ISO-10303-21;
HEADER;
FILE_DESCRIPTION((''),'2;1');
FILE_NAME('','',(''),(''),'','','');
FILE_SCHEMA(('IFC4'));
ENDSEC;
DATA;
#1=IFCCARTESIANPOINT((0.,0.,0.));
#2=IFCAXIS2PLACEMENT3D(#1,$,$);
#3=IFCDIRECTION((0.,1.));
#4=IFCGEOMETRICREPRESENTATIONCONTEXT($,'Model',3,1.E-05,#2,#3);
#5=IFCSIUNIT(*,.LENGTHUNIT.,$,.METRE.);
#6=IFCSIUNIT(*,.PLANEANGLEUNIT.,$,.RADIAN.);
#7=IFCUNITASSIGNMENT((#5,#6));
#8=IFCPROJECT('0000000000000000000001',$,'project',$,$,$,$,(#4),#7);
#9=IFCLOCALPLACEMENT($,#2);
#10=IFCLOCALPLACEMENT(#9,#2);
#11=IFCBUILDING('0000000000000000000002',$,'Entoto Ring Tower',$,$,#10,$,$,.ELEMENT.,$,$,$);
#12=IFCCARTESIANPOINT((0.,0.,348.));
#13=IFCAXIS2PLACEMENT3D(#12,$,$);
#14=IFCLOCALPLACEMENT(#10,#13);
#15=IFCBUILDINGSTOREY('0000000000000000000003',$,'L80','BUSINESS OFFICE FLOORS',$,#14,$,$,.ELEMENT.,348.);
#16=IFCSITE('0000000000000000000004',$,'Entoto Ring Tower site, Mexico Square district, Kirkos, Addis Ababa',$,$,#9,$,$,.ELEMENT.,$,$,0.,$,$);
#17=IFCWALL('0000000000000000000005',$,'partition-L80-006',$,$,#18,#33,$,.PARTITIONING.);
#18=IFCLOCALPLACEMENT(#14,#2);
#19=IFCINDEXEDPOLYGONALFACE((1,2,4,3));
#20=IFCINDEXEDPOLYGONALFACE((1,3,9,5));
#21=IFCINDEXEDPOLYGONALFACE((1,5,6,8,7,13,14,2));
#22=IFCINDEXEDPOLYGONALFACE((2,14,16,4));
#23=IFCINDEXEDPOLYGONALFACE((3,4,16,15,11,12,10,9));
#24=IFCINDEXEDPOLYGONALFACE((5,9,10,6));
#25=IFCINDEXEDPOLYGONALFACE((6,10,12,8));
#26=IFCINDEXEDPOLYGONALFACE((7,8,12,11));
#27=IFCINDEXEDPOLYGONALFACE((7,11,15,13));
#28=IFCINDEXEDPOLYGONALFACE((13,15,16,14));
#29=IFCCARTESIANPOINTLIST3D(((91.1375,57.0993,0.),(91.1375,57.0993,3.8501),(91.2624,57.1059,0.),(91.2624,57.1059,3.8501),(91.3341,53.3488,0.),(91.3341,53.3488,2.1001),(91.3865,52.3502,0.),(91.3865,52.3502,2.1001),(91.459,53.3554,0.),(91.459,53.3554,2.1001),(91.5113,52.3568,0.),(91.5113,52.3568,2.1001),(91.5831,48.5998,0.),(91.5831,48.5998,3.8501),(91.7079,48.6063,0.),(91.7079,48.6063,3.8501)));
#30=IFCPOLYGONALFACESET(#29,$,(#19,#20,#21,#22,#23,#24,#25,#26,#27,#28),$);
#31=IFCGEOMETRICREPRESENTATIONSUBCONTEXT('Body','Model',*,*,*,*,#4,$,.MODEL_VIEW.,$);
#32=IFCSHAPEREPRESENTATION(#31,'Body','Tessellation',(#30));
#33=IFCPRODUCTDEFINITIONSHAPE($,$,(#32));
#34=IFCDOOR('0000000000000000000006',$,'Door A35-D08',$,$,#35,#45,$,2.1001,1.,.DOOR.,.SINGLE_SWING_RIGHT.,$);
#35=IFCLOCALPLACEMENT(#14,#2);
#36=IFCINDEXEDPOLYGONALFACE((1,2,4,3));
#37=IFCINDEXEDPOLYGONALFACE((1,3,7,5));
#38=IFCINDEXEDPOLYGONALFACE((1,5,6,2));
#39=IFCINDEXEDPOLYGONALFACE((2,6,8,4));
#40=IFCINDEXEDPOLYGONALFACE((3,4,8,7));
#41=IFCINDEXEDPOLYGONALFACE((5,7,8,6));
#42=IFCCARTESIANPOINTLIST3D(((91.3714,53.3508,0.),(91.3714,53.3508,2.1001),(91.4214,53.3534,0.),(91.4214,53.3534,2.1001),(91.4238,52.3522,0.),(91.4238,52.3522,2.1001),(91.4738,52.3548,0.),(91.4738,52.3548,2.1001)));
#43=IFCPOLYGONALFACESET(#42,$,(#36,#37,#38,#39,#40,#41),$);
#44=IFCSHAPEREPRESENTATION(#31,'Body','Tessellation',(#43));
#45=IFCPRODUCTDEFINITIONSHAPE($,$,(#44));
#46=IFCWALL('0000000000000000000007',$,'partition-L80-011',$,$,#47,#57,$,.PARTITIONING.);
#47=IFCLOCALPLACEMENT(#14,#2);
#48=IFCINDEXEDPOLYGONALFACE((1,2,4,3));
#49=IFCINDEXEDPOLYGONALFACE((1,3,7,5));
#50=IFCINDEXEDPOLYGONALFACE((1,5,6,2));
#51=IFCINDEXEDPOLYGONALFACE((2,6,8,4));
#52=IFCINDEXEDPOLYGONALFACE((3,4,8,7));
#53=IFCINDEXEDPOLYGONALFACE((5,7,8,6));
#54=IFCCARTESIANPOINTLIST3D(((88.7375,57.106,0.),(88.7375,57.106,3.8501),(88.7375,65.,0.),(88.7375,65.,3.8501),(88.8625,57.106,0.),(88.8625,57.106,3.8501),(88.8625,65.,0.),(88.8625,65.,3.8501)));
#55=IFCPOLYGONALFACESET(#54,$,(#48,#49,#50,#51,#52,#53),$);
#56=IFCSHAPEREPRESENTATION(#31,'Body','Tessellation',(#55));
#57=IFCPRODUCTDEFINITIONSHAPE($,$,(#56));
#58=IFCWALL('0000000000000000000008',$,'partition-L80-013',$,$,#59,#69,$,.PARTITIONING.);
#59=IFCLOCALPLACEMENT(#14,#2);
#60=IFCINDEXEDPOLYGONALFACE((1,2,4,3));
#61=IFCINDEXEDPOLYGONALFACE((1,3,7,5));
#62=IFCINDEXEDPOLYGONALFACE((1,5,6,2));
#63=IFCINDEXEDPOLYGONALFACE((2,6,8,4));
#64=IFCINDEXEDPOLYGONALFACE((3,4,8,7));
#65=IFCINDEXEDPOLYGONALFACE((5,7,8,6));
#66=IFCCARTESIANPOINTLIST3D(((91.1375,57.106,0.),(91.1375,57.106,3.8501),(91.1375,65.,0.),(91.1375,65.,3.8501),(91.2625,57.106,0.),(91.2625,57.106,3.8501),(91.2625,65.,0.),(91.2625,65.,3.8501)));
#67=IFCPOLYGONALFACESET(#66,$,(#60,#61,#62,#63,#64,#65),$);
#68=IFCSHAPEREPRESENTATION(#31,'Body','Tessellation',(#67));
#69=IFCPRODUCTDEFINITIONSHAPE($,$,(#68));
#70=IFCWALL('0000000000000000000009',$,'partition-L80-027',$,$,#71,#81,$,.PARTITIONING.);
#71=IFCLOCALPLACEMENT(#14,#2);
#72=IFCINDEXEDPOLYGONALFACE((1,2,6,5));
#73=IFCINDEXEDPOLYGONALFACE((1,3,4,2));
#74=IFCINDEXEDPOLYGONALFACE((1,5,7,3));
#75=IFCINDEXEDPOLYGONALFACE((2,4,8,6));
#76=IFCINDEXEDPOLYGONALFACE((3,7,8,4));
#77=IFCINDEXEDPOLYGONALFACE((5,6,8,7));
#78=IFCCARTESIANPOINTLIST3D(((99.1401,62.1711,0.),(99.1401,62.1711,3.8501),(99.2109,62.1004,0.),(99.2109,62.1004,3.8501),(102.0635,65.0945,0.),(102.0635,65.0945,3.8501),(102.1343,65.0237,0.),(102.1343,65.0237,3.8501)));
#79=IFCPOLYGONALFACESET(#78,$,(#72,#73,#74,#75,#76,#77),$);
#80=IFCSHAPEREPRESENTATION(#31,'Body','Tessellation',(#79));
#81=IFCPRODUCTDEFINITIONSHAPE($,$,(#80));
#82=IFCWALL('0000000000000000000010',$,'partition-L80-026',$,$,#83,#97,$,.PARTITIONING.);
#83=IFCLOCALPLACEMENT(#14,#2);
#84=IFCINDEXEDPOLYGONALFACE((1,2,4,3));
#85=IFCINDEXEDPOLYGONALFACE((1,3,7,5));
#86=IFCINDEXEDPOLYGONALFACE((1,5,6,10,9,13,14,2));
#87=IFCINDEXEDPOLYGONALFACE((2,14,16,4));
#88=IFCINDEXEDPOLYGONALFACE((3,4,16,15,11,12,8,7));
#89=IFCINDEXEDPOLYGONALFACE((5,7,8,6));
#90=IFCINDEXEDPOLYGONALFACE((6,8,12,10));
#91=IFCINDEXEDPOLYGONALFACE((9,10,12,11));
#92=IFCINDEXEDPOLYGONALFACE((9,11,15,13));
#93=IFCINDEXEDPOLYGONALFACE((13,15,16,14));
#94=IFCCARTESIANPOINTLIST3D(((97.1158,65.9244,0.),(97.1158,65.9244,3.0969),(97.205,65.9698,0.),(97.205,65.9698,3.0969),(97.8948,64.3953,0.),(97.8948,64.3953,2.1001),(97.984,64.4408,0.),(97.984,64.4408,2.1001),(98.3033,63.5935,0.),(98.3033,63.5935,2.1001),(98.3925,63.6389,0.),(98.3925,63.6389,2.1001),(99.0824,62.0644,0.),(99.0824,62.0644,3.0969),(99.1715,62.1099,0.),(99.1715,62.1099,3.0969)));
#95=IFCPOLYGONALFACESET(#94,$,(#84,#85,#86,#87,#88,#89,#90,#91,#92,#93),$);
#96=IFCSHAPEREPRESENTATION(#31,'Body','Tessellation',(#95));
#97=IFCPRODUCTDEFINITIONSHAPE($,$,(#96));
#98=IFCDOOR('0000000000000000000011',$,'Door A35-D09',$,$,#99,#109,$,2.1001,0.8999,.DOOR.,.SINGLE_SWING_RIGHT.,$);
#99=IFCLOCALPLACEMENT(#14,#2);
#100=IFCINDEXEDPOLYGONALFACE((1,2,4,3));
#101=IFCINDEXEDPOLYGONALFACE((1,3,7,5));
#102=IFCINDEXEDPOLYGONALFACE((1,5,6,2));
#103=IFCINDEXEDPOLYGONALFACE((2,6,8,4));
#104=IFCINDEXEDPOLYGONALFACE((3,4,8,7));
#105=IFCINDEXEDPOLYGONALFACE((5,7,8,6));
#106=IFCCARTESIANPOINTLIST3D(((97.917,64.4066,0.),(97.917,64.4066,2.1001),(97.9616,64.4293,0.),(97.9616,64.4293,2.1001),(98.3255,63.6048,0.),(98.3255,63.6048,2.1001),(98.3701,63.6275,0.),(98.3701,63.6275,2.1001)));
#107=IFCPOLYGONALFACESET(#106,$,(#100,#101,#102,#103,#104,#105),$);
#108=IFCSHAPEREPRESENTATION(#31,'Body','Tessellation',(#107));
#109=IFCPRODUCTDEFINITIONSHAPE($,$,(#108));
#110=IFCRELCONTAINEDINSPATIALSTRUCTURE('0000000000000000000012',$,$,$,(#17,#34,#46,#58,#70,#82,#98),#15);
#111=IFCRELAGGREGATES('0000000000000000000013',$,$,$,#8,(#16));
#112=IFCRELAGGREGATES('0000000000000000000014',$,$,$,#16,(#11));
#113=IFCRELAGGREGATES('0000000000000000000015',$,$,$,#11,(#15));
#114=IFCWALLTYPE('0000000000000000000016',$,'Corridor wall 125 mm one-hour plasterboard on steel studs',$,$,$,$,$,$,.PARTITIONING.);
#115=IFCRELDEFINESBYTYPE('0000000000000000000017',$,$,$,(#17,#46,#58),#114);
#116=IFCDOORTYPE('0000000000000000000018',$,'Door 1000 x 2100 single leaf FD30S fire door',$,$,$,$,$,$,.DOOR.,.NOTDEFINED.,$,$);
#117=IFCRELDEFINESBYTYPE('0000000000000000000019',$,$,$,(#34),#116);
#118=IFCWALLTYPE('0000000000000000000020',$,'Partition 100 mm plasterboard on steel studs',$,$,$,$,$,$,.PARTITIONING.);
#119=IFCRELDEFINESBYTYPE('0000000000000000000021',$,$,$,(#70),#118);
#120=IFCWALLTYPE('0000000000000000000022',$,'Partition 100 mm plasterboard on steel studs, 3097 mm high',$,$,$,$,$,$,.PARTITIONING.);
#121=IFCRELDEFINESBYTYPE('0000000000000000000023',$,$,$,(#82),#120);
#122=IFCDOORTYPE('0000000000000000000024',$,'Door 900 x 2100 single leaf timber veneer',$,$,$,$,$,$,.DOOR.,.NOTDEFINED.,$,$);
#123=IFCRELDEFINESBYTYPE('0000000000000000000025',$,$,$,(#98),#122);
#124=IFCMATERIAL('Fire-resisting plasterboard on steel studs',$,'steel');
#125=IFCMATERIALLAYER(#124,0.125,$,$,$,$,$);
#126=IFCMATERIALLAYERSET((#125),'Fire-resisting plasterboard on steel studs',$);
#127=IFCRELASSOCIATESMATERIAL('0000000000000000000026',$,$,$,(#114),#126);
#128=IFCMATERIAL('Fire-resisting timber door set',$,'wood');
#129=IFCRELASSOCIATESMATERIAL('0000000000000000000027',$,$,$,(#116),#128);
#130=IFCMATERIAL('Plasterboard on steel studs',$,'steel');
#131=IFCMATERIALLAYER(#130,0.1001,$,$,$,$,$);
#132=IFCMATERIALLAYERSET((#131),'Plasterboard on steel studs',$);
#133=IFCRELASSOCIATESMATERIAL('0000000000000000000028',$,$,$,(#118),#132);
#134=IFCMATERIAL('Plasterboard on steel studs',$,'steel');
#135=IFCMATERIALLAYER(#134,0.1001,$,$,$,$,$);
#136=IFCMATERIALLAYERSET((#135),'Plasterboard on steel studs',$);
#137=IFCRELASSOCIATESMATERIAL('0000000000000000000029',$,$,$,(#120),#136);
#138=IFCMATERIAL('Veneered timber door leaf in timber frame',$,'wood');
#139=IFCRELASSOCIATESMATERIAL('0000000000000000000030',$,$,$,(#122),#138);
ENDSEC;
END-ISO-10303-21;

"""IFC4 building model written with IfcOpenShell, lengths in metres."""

from ifc_helpers import new_model, si_unit, direction, frame, frame_2d, origin, place, context, subcontext, project, spatial, rectangle, extrude, material, layer, layer_set, type_object, element, fill, save


model = new_model("IFC4")

# Units and contexts
model_context = context("Model", 3, precision=1e-05, world=origin(), true_north=direction((0.0, 1.0)))
body_context = subcontext(model_context, "Body", "Model", "MODEL_VIEW")
ifc_project = project(units=[si_unit("LENGTHUNIT", "METRE"), si_unit("PLANEANGLEUNIT", "RADIAN")], contexts=[model_context])

# Site, building, storey
site_placement = place(None, origin())
site = spatial("IfcSite", under=ifc_project, at=site_placement, Name="Entoto Ring Tower site, Mexico Square district, Kirkos, Addis Ababa", CompositionType="ELEMENT", RefElevation=0.0)
building_placement = place(site_placement, origin())
building = spatial("IfcBuilding", under=site, at=building_placement, Name="Entoto Ring Tower", CompositionType="ELEMENT")
storey_placement = place(building_placement, frame((0.0, 0.0, 348.0)))
storey = spatial("IfcBuildingStorey", under=building, at=storey_placement, Name="L80", Description="BUSINESS OFFICE FLOORS", CompositionType="ELEMENT", Elevation=348.0)

# Shared definitions
ifc_material_1 = material(Name="Fire-resisting plasterboard on steel studs", Category="steel")
ifc_layer_1 = layer(ifc_material_1, 0.125)
ifc_layer_set_1 = layer_set([ifc_layer_1], Name="Fire-resisting plasterboard on steel studs")
wall_type_1 = type_object("IfcWallType", Name="Corridor wall 125 mm one-hour plasterboard on steel studs", PredefinedType="PARTITIONING", material=ifc_layer_set_1)

# Wall, opening, door
wall_1_placement = place(storey_placement, frame((91.6455, 48.603, 0.0), z_axis=(0.0, 0.0, 1.0), x_axis=(-0.05235, 0.998629, 0.0)))
wall_1 = element("IfcWall", 1, at=wall_1_placement, inside=storey, type_object=wall_type_1, Name="partition-L80-006", PredefinedType="PARTITIONING", context=body_context, shape_type="SweptSolid", body=[
    extrude(rectangle(XDim=8.5112, YDim=0.125, at=frame_2d((4.2556, 0.0))), origin(), (0.0, 0.0, 1.0), 3.8501),
])
opening_1_placement = place(wall_1_placement, frame((3.7556, 0.0, 0.0)))
opening_1 = element("IfcOpeningElement", 2, at=opening_1_placement, cuts=wall_1, PredefinedType="OPENING", context=body_context, shape_type="SweptSolid", body=[
    extrude(rectangle(XDim=1.0, YDim=2.1001, at=frame_2d((0.5, 1.05))), frame((0.0, 0.0725, 0.0), z_axis=(0.0, -1.0, 0.0), x_axis=(1.0, 0.0, 0.0)), (0.0, 0.0, 1.0), 0.145),
])
ifc_material_2 = material(Name="Fire-resisting timber door set", Category="wood")
door_type_1 = type_object("IfcDoorType", Name="Door 1000 x 2100 single leaf FD30S fire door", OperationType="NOTDEFINED", PredefinedType="DOOR", material=ifc_material_2)
door_1_placement = place(opening_1_placement, frame((1.0, 0.0, 0.0), z_axis=(0.0, 0.0, 1.0), x_axis=(-1.0, 0.0, 0.0)))
door_1 = element("IfcDoor", 3, at=door_1_placement, inside=storey, type_object=door_type_1, Name="Door A35-D08", OperationType="SINGLE_SWING_RIGHT", OverallHeight=2.1001, OverallWidth=1.0, PredefinedType="DOOR", context=body_context, shape_type="SweptSolid", body=[
    extrude(rectangle(XDim=1.0, YDim=2.1001, at=frame_2d((0.5, 1.05))), frame((0.0, 0.0249, 0.0), z_axis=(0.0, -1.0, 0.0), x_axis=(1.0, 0.0, 0.0)), (0.0, 0.0, 1.0), 0.05),
])
fill(opening_1, door_1)

# Walls
for number, where, z_axis, x_axis, name in (
    (4, (88.8, 57.106, 0.0), (0.0, 0.0, 1.0), (0.0, 1.0, 0.0), "partition-L80-011"),
    (5, (91.2, 57.106, 0.0), (0.0, 0.0, 1.0), (0.0, 1.0, 0.0), "partition-L80-013"),
):
    element("IfcWall", number, at=place(storey_placement, frame(where, z_axis=z_axis, x_axis=x_axis)), inside=storey, type_object=wall_type_1, Name=name, PredefinedType="PARTITIONING", context=body_context, shape_type="SweptSolid", body=[
        extrude(rectangle(XDim=7.894, YDim=0.125, at=frame_2d((3.947, 0.0))), origin(), (0.0, 0.0, 1.0), 3.8501),
    ])
ifc_material_3 = material(Name="Plasterboard on steel studs", Category="steel")
ifc_layer_2 = layer(ifc_material_3, 0.1001)
ifc_layer_set_2 = layer_set([ifc_layer_2], Name="Plasterboard on steel studs")
wall_type_2 = type_object("IfcWallType", Name="Partition 100 mm plasterboard on steel studs", PredefinedType="PARTITIONING", material=ifc_layer_set_2)
wall_2_placement = place(storey_placement, frame((99.1755, 62.1357, 0.0), z_axis=(0.0, 0.0, 1.0), x_axis=(0.707107, 0.707107, 0.0)))
element("IfcWall", 6, at=wall_2_placement, inside=storey, type_object=wall_type_2, Name="partition-L80-027", PredefinedType="PARTITIONING", context=body_context, shape_type="SweptSolid", body=[
    extrude(rectangle(XDim=4.1343, YDim=0.1001, at=frame_2d((2.0671, 0.0))), origin(), (0.0, 0.0, 1.0), 3.8501),
])

# Wall, opening, door
ifc_material_4 = material(Name="Plasterboard on steel studs", Category="steel")
ifc_layer_3 = layer(ifc_material_4, 0.1001)
ifc_layer_set_3 = layer_set([ifc_layer_3], Name="Plasterboard on steel studs")
wall_type_3 = type_object("IfcWallType", Name="Partition 100 mm plasterboard on steel studs, 3097 mm high", PredefinedType="PARTITIONING", material=ifc_layer_set_3)
wall_3_placement = place(storey_placement, frame((99.127, 62.0872, 0.0), z_axis=(0.0, 0.0, 1.0), x_axis=(-0.453964, 0.89102, 0.0)))
wall_3 = element("IfcWall", 7, at=wall_3_placement, inside=storey, type_object=wall_type_3, Name="partition-L80-026", PredefinedType="PARTITIONING", context=body_context, shape_type="SweptSolid", body=[
    extrude(rectangle(XDim=4.332, YDim=0.1001, at=frame_2d((2.166, 0.0))), origin(), (0.0, 0.0, 1.0), 3.0969),
])
opening_2_placement = place(wall_3_placement, frame((1.7161, 0.0, 0.0)))
opening_2 = element("IfcOpeningElement", 8, at=opening_2_placement, cuts=wall_3, PredefinedType="OPENING", context=body_context, shape_type="SweptSolid", body=[
    extrude(rectangle(XDim=0.8999, YDim=2.1001, at=frame_2d((0.45, 1.05))), frame((0.0, 0.0601, 0.0), z_axis=(0.0, -1.0, 0.0), x_axis=(1.0, 0.0, 0.0)), (0.0, 0.0, 1.0), 0.1201),
])
ifc_material_5 = material(Name="Veneered timber door leaf in timber frame", Category="wood")
door_type_2 = type_object("IfcDoorType", Name="Door 900 x 2100 single leaf timber veneer", OperationType="NOTDEFINED", PredefinedType="DOOR", material=ifc_material_5)
door_2_placement = place(opening_2_placement, frame((0.8999, 0.0, 0.0), z_axis=(0.0, 0.0, 1.0), x_axis=(-1.0, 0.0, 0.0)))
door_2 = element("IfcDoor", 9, at=door_2_placement, inside=storey, type_object=door_type_2, Name="Door A35-D09", OperationType="SINGLE_SWING_RIGHT", OverallHeight=2.1001, OverallWidth=0.8999, PredefinedType="DOOR", context=body_context, shape_type="SweptSolid", body=[
    extrude(rectangle(XDim=0.8999, YDim=2.1001, at=frame_2d((0.45, 1.05))), frame((0.0, 0.0249, 0.0), z_axis=(0.0, -1.0, 0.0), x_axis=(1.0, 0.0, 0.0)), (0.0, 0.0, 1.0), 0.05),
])
fill(opening_2, door_2)

save(model, "model.ifc")
